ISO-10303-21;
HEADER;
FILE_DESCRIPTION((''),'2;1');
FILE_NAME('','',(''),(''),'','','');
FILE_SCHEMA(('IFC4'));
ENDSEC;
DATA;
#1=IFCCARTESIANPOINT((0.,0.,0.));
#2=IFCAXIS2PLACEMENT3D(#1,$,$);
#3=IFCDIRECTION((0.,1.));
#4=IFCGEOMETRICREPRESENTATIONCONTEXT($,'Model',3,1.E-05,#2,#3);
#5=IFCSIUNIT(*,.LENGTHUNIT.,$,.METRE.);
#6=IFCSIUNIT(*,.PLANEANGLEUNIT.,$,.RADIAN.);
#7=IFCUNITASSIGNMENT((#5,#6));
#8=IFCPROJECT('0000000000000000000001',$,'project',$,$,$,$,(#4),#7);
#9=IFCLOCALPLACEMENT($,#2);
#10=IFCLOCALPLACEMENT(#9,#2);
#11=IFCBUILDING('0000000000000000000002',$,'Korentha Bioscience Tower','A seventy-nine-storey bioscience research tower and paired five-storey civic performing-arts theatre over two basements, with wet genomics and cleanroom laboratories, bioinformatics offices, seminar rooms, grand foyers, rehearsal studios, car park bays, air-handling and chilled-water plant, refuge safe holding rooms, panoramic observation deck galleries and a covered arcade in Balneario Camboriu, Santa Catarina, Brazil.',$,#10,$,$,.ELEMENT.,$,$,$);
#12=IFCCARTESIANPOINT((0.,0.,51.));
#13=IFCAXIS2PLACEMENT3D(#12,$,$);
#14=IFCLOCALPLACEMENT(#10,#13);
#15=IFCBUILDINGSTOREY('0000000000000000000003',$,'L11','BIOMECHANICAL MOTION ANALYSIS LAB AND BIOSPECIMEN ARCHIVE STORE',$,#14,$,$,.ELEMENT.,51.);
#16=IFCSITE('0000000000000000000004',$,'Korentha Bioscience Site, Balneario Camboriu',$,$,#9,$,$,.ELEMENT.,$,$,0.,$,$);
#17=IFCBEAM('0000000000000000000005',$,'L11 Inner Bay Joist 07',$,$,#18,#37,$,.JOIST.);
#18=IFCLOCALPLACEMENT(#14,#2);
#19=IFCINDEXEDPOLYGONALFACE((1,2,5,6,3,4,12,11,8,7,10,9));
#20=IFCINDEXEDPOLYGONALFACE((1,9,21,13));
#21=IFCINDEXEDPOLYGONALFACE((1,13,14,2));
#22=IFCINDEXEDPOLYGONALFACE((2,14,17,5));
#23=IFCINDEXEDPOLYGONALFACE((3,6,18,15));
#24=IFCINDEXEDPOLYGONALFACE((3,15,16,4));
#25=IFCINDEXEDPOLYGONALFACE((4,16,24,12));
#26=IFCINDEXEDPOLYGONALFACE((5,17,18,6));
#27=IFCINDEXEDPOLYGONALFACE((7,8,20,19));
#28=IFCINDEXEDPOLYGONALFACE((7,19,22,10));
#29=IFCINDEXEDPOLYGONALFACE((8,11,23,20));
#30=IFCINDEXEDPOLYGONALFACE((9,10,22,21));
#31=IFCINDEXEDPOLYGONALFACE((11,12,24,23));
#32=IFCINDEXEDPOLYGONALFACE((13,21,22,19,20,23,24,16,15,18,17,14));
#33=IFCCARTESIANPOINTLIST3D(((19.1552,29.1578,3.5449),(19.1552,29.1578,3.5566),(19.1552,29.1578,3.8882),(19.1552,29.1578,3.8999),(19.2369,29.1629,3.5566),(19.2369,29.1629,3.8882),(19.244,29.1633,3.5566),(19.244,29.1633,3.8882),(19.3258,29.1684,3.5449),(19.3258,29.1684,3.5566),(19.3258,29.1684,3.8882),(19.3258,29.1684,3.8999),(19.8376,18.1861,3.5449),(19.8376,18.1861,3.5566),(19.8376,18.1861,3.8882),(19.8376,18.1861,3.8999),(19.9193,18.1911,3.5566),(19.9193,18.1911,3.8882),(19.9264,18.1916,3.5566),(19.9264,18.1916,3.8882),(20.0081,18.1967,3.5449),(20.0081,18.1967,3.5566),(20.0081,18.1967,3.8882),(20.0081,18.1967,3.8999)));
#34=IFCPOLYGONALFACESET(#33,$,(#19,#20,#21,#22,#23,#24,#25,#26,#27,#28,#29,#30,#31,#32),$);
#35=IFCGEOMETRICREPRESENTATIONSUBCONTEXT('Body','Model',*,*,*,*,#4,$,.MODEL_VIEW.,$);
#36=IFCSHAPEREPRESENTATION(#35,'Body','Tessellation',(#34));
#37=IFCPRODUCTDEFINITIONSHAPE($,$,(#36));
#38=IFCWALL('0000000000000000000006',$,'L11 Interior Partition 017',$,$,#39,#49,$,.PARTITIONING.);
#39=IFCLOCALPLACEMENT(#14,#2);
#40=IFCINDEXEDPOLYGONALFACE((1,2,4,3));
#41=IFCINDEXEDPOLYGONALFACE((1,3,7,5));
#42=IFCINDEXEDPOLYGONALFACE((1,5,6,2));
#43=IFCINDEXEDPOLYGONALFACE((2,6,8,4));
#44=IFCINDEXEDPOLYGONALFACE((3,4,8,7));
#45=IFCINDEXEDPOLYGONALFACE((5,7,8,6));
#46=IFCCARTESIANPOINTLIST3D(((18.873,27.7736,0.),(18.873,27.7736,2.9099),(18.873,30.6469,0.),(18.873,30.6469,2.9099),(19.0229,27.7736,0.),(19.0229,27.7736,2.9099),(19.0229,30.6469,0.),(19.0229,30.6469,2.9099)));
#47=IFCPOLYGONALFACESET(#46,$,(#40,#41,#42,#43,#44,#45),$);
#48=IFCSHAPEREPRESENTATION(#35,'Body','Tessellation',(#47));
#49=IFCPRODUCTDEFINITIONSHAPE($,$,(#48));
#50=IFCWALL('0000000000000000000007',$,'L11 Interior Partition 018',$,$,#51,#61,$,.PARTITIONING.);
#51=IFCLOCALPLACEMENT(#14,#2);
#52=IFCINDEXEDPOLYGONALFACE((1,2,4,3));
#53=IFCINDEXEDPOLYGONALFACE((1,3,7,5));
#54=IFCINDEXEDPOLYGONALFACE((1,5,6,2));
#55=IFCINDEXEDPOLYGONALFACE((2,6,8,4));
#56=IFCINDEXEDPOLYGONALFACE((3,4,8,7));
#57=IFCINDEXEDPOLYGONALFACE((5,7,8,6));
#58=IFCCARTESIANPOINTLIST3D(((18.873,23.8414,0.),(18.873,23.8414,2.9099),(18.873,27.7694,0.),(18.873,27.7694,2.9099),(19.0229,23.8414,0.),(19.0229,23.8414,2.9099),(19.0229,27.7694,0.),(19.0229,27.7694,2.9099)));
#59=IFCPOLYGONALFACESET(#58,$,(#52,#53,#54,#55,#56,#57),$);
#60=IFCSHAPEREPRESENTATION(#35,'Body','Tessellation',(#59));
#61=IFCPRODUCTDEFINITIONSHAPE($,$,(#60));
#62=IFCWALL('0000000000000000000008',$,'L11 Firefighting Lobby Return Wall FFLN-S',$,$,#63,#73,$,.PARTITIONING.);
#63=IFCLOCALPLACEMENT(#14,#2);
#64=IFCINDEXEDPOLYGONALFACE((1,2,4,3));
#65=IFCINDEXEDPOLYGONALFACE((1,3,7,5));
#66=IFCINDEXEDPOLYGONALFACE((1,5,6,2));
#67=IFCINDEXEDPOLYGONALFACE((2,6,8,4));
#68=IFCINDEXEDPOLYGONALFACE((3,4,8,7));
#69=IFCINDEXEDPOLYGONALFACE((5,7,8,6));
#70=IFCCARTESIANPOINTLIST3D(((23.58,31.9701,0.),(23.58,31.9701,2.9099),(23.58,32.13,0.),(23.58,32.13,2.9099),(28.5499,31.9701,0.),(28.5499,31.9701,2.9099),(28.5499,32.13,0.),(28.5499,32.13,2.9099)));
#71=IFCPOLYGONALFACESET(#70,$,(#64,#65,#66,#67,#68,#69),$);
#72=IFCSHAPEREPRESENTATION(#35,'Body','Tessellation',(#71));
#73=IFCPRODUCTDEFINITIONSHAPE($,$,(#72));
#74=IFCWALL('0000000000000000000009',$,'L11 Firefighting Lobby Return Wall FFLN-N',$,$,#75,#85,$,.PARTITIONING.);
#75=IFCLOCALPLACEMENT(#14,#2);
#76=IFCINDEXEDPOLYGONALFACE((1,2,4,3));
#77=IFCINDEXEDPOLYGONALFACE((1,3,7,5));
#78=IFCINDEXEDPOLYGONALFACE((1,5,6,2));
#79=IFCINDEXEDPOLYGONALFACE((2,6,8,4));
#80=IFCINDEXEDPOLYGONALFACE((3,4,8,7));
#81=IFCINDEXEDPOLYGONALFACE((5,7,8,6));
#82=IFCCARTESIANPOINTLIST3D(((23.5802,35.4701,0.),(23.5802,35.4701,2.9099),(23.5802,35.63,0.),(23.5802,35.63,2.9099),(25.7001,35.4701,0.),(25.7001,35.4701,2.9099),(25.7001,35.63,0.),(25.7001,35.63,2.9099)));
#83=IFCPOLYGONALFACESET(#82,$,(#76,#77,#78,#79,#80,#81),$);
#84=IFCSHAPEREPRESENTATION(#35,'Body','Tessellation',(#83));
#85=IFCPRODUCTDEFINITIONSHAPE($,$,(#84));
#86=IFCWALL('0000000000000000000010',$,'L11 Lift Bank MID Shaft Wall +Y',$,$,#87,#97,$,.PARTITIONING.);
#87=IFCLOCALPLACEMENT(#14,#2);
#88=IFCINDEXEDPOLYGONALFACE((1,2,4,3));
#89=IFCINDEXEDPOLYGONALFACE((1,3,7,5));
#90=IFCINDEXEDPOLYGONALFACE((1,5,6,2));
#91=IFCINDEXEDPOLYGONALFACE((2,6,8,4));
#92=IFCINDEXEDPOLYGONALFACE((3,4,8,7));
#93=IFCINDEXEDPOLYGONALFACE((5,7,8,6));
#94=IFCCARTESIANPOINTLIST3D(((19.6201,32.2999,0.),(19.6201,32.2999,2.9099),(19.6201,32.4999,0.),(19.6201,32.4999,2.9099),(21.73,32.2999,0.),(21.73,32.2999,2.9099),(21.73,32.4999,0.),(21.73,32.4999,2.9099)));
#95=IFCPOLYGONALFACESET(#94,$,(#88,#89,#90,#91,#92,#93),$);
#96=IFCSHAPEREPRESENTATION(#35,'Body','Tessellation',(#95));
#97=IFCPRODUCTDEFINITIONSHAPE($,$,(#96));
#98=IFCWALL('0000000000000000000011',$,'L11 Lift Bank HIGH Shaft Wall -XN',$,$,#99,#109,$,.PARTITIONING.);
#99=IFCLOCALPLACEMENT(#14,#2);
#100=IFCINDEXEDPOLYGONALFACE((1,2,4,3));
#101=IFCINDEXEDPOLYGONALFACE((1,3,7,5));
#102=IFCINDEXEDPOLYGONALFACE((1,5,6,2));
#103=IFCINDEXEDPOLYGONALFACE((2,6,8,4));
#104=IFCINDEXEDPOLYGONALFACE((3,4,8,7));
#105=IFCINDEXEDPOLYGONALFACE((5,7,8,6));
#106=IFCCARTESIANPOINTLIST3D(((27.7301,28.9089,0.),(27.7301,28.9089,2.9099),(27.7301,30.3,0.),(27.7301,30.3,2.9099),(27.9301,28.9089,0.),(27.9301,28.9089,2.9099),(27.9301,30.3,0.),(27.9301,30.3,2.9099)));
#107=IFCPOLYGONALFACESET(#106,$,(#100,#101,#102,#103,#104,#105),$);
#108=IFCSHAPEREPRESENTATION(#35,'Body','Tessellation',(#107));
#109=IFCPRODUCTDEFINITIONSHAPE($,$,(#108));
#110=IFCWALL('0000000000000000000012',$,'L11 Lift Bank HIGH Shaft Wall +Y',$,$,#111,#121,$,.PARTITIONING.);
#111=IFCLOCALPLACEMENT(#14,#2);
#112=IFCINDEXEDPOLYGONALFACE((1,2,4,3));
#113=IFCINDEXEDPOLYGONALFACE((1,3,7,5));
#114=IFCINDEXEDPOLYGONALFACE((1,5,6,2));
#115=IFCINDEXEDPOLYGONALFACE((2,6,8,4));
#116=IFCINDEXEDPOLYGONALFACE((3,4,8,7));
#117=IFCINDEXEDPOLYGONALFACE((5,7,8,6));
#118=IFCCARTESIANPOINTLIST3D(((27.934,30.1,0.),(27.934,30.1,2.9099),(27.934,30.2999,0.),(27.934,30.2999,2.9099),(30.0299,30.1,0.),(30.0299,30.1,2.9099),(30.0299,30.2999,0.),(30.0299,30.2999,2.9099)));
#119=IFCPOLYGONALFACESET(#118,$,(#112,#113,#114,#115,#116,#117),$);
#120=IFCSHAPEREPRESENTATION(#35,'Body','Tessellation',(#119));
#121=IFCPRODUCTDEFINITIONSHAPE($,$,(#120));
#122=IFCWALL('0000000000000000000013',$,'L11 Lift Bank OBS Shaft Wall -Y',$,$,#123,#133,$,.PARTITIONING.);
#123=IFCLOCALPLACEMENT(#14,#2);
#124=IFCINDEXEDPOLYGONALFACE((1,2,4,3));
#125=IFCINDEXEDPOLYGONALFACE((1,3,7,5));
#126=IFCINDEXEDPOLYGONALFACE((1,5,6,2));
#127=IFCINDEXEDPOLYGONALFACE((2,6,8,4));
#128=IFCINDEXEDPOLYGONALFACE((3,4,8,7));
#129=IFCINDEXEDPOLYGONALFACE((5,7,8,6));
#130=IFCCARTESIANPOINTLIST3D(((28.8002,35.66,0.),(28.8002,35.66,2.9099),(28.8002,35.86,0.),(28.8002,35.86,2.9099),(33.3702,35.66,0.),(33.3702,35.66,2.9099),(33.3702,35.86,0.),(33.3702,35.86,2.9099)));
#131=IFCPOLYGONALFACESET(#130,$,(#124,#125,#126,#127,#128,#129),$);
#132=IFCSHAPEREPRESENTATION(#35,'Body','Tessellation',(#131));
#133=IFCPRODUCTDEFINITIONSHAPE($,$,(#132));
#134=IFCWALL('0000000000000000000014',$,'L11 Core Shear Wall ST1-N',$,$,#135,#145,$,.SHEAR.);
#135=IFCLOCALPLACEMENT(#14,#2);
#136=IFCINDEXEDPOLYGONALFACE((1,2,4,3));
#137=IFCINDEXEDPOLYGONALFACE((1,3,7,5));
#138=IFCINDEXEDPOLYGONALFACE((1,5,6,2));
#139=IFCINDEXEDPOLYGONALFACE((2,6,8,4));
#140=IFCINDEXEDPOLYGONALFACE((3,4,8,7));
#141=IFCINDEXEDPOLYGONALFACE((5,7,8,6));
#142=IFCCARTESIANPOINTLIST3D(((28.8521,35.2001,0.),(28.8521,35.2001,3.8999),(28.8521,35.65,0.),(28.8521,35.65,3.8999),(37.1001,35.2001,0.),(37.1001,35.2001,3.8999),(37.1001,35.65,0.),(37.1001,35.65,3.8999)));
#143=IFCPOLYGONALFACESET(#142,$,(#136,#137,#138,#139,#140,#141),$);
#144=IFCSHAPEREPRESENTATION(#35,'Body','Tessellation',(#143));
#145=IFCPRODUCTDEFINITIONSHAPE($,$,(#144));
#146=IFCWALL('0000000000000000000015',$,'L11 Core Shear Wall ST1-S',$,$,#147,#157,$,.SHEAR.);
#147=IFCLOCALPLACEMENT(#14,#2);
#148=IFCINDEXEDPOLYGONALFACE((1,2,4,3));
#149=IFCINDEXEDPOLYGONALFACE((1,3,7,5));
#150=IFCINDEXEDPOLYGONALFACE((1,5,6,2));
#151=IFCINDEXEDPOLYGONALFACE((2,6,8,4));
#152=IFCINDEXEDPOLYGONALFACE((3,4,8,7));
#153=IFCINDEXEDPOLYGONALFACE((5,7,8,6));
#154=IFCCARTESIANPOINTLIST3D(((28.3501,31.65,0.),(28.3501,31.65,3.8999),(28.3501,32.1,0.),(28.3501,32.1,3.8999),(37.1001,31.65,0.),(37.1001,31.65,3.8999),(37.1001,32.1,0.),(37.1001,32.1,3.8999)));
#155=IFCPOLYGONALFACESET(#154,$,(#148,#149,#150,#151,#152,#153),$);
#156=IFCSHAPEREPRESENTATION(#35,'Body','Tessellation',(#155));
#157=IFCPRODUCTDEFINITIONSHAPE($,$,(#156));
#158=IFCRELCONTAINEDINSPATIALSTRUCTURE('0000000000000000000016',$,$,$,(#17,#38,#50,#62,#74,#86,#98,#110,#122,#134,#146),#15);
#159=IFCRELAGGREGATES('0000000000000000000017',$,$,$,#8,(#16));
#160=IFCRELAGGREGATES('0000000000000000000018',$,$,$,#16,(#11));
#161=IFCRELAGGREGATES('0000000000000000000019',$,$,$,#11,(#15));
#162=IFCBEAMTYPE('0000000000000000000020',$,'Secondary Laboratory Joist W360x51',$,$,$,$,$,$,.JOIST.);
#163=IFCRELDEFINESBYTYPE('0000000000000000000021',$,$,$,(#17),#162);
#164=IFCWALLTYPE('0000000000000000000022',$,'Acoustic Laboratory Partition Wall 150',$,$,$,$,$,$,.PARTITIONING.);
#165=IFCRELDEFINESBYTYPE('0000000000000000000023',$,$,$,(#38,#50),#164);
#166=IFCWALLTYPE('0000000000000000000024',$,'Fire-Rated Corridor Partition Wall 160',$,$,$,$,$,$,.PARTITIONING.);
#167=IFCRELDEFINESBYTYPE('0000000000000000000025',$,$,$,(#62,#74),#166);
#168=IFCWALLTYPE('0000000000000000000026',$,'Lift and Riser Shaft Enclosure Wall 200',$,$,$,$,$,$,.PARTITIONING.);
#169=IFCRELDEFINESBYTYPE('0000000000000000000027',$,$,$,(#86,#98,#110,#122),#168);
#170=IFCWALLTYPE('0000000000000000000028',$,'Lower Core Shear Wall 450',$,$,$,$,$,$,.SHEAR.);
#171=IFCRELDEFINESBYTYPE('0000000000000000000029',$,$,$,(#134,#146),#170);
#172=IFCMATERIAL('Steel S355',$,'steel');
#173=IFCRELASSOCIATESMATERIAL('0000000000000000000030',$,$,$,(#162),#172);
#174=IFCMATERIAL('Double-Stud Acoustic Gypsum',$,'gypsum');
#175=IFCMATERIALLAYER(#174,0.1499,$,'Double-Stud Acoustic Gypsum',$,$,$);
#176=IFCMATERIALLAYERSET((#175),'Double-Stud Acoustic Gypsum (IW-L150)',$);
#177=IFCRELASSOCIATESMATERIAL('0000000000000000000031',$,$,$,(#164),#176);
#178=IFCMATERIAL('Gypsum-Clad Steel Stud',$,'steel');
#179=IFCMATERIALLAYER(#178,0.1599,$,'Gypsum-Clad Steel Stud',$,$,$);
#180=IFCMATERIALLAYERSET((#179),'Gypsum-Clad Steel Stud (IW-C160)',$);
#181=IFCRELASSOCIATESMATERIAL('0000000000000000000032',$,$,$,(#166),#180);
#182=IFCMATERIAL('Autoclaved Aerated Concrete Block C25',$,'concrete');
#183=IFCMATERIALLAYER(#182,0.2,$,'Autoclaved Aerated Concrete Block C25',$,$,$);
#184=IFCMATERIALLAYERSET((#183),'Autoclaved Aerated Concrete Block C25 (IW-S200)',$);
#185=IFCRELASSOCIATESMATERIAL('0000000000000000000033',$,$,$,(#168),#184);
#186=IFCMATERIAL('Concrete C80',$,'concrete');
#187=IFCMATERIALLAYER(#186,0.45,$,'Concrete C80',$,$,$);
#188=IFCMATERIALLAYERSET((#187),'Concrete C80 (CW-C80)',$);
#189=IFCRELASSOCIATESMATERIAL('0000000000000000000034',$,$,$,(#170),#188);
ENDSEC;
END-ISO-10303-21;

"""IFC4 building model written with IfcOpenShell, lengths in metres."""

from ifc_helpers import new_model, si_unit, direction, frame, frame_2d, origin, origin_2d, place, context, subcontext, project, spatial, rectangle, i_section, extrude, material, layer, layer_set, material_profile, profile_set, type_object, element, save


model = new_model("IFC4")

# Units and contexts
model_context = context("Model", 3, precision=1e-05, world=origin(), true_north=direction((0.0, 1.0)))
body_context = subcontext(model_context, "Body", "Model", "MODEL_VIEW")
ifc_project = project(units=[si_unit("LENGTHUNIT", "METRE"), si_unit("PLANEANGLEUNIT", "RADIAN")], contexts=[model_context])

# Site, building, storey
site_placement = place(None, origin())
site = spatial("IfcSite", under=ifc_project, at=site_placement, Name="Korentha Bioscience Site, Balneario Camboriu", CompositionType="ELEMENT", RefElevation=0.0)
building_placement = place(site_placement, origin())
building = spatial("IfcBuilding", under=site, at=building_placement, Name="Korentha Bioscience Tower", Description="A seventy-nine-storey bioscience research tower and paired five-storey civic performing-arts theatre over two basements, with wet genomics and cleanroom laboratories, bioinformatics offices, seminar rooms, grand foyers, rehearsal studios, car park bays, air-handling and chilled-water plant, refuge safe holding rooms, panoramic observation deck galleries and a covered arcade in Balneario Camboriu, Santa Catarina, Brazil.", CompositionType="ELEMENT")
storey_placement = place(building_placement, frame((0.0, 0.0, 51.0)))
storey = spatial("IfcBuildingStorey", under=building, at=storey_placement, Name="L11", Description="BIOMECHANICAL MOTION ANALYSIS LAB AND BIOSPECIMEN ARCHIVE STORE", CompositionType="ELEMENT", Elevation=51.0)

# Beam
ifc_material_1 = material(Name="Steel S355", Category="steel")
ifc_material_profile_1 = material_profile(ifc_material_1, i_section(OverallWidth=0.1709, OverallDepth=0.355, WebThickness=0.0071, FlangeThickness=0.0117, at=origin_2d()), Name="Steel S355")
ifc_profile_set_1 = profile_set([ifc_material_profile_1], Name="Steel S355 (JB-360)")
beam_type_1 = type_object("IfcBeamType", Name="Secondary Laboratory Joist W360x51", PredefinedType="JOIST", material=ifc_profile_set_1)
beam_1_placement = place(storey_placement, frame((19.2405, 29.1631, 3.7224), z_axis=(0.062074, -0.998072, 0.0), x_axis=(0.998072, 0.062074, 0.0)))
element("IfcBeam", 1, at=beam_1_placement, inside=storey, type_object=beam_type_1, Name="L11 Inner Bay Joist 07", PredefinedType="JOIST", context=body_context, shape_type="SweptSolid", body=[
    extrude(i_section(OverallWidth=0.1709, OverallDepth=0.355, WebThickness=0.0071, FlangeThickness=0.0117, at=origin_2d()), origin(), (0.0, 0.0, 1.0), 10.9929),
])

# Walls
ifc_material_2 = material(Name="Double-Stud Acoustic Gypsum", Category="gypsum")
ifc_layer_1 = layer(ifc_material_2, 0.1499, Name="Double-Stud Acoustic Gypsum")
ifc_layer_set_1 = layer_set([ifc_layer_1], Name="Double-Stud Acoustic Gypsum (IW-L150)")
wall_type_1 = type_object("IfcWallType", Name="Acoustic Laboratory Partition Wall 150", PredefinedType="PARTITIONING", material=ifc_layer_set_1)
wall_1_placement = place(storey_placement, frame((18.948, 30.6467, 0.0), z_axis=(0.0, 0.0, 1.0), x_axis=(0.0, -1.0, 0.0)))
element("IfcWall", 2, at=wall_1_placement, inside=storey, type_object=wall_type_1, Name="L11 Interior Partition 017", PredefinedType="PARTITIONING", context=body_context, shape_type="SweptSolid", body=[
    extrude(rectangle(XDim=2.8733, YDim=0.1499, at=frame_2d((1.4365, 0.0))), origin(), (0.0, 0.0, 1.0), 2.9099),
])
wall_2_placement = place(storey_placement, frame((18.948, 27.7693, 0.0), z_axis=(0.0, 0.0, 1.0), x_axis=(0.0, -1.0, 0.0)))
element("IfcWall", 3, at=wall_2_placement, inside=storey, type_object=wall_type_1, Name="L11 Interior Partition 018", PredefinedType="PARTITIONING", context=body_context, shape_type="SweptSolid", body=[
    extrude(rectangle(XDim=3.928, YDim=0.1499, at=frame_2d((1.9639, 0.0))), origin(), (0.0, 0.0, 1.0), 2.9099),
])

# Shared definitions
ifc_material_3 = material(Name="Gypsum-Clad Steel Stud", Category="steel")
ifc_layer_2 = layer(ifc_material_3, 0.1599, Name="Gypsum-Clad Steel Stud")
ifc_layer_set_2 = layer_set([ifc_layer_2], Name="Gypsum-Clad Steel Stud (IW-C160)")
wall_type_2 = type_object("IfcWallType", Name="Fire-Rated Corridor Partition Wall 160", PredefinedType="PARTITIONING", material=ifc_layer_set_2)

# Walls
wall_3_placement = place(storey_placement, frame((23.5801, 32.05, 0.0), z_axis=(0.0, 0.0, 1.0), x_axis=(1.0, 0.0, 0.0)))
element("IfcWall", 4, at=wall_3_placement, inside=storey, type_object=wall_type_2, Name="L11 Firefighting Lobby Return Wall FFLN-S", PredefinedType="PARTITIONING", context=body_context, shape_type="SweptSolid", body=[
    extrude(rectangle(XDim=4.97, YDim=0.1599, at=frame_2d((2.4849, 0.0))), origin(), (0.0, 0.0, 1.0), 2.9099),
])
wall_4_placement = place(storey_placement, frame((23.5801, 35.55, 0.0), z_axis=(0.0, 0.0, 1.0), x_axis=(1.0, 0.0, 0.0)))
element("IfcWall", 5, at=wall_4_placement, inside=storey, type_object=wall_type_2, Name="L11 Firefighting Lobby Return Wall FFLN-N", PredefinedType="PARTITIONING", context=body_context, shape_type="SweptSolid", body=[
    extrude(rectangle(XDim=2.1199, YDim=0.1599, at=frame_2d((1.0601, 0.0))), origin(), (0.0, 0.0, 1.0), 2.9099),
])
ifc_material_4 = material(Name="Autoclaved Aerated Concrete Block C25", Category="concrete")
ifc_layer_3 = layer(ifc_material_4, 0.2, Name="Autoclaved Aerated Concrete Block C25")
ifc_layer_set_3 = layer_set([ifc_layer_3], Name="Autoclaved Aerated Concrete Block C25 (IW-S200)")
wall_type_3 = type_object("IfcWallType", Name="Lift and Riser Shaft Enclosure Wall 200", PredefinedType="PARTITIONING", material=ifc_layer_set_3)
wall_5_placement = place(storey_placement, frame((19.6201, 32.3999, 0.0), z_axis=(0.0, 0.0, 1.0), x_axis=(1.0, 0.0, 0.0)))
element("IfcWall", 6, at=wall_5_placement, inside=storey, type_object=wall_type_3, Name="L11 Lift Bank MID Shaft Wall +Y", PredefinedType="PARTITIONING", context=body_context, shape_type="SweptSolid", body=[
    extrude(rectangle(XDim=2.1099, YDim=0.2, at=frame_2d((1.0549, 0.0))), origin(), (0.0, 0.0, 1.0), 2.9099),
])
wall_6_placement = place(storey_placement, frame((27.8301, 28.9089, 0.0), z_axis=(0.0, 0.0, 1.0), x_axis=(0.0, 1.0, 0.0)))
element("IfcWall", 7, at=wall_6_placement, inside=storey, type_object=wall_type_3, Name="L11 Lift Bank HIGH Shaft Wall -XN", PredefinedType="PARTITIONING", context=body_context, shape_type="SweptSolid", body=[
    extrude(rectangle(XDim=1.3911, YDim=0.2, at=frame_2d((0.6956, 0.0))), origin(), (0.0, 0.0, 1.0), 2.9099),
])
wall_7_placement = place(storey_placement, frame((27.9341, 30.2, 0.0), z_axis=(0.0, 0.0, 1.0), x_axis=(1.0, 0.0, 0.0)))
element("IfcWall", 8, at=wall_7_placement, inside=storey, type_object=wall_type_3, Name="L11 Lift Bank HIGH Shaft Wall +Y", PredefinedType="PARTITIONING", context=body_context, shape_type="SweptSolid", body=[
    extrude(rectangle(XDim=2.0959, YDim=0.2, at=frame_2d((1.0479, 0.0))), origin(), (0.0, 0.0, 1.0), 2.9099),
])
wall_8_placement = place(storey_placement, frame((28.8, 35.76, 0.0), z_axis=(0.0, 0.0, 1.0), x_axis=(1.0, 0.0, 0.0)))
element("IfcWall", 9, at=wall_8_placement, inside=storey, type_object=wall_type_3, Name="L11 Lift Bank OBS Shaft Wall -Y", PredefinedType="PARTITIONING", context=body_context, shape_type="SweptSolid", body=[
    extrude(rectangle(XDim=4.5701, YDim=0.2, at=frame_2d((2.2852, 0.0))), origin(), (0.0, 0.0, 1.0), 2.9099),
])
ifc_material_5 = material(Name="Concrete C80", Category="concrete")
ifc_layer_4 = layer(ifc_material_5, 0.45, Name="Concrete C80")
ifc_layer_set_4 = layer_set([ifc_layer_4], Name="Concrete C80 (CW-C80)")
wall_type_4 = type_object("IfcWallType", Name="Lower Core Shear Wall 450", PredefinedType="SHEAR", material=ifc_layer_set_4)
wall_9_placement = place(storey_placement, frame((28.8521, 35.425, 0.0), z_axis=(0.0, 0.0, 1.0), x_axis=(1.0, 0.0, 0.0)))
element("IfcWall", 10, at=wall_9_placement, inside=storey, type_object=wall_type_4, Name="L11 Core Shear Wall ST1-N", PredefinedType="SHEAR", context=body_context, shape_type="SweptSolid", body=[
    extrude(rectangle(XDim=8.248, YDim=0.45, at=frame_2d((4.124, 0.0))), origin(), (0.0, 0.0, 1.0), 3.8999),
])
wall_10_placement = place(storey_placement, frame((28.3501, 31.875, 0.0), z_axis=(0.0, 0.0, 1.0), x_axis=(1.0, 0.0, 0.0)))
element("IfcWall", 11, at=wall_10_placement, inside=storey, type_object=wall_type_4, Name="L11 Core Shear Wall ST1-S", PredefinedType="SHEAR", context=body_context, shape_type="SweptSolid", body=[
    extrude(rectangle(XDim=8.75, YDim=0.45, at=frame_2d((4.375, 0.0))), origin(), (0.0, 0.0, 1.0), 3.8999),
])

save(model, "model.ifc")
